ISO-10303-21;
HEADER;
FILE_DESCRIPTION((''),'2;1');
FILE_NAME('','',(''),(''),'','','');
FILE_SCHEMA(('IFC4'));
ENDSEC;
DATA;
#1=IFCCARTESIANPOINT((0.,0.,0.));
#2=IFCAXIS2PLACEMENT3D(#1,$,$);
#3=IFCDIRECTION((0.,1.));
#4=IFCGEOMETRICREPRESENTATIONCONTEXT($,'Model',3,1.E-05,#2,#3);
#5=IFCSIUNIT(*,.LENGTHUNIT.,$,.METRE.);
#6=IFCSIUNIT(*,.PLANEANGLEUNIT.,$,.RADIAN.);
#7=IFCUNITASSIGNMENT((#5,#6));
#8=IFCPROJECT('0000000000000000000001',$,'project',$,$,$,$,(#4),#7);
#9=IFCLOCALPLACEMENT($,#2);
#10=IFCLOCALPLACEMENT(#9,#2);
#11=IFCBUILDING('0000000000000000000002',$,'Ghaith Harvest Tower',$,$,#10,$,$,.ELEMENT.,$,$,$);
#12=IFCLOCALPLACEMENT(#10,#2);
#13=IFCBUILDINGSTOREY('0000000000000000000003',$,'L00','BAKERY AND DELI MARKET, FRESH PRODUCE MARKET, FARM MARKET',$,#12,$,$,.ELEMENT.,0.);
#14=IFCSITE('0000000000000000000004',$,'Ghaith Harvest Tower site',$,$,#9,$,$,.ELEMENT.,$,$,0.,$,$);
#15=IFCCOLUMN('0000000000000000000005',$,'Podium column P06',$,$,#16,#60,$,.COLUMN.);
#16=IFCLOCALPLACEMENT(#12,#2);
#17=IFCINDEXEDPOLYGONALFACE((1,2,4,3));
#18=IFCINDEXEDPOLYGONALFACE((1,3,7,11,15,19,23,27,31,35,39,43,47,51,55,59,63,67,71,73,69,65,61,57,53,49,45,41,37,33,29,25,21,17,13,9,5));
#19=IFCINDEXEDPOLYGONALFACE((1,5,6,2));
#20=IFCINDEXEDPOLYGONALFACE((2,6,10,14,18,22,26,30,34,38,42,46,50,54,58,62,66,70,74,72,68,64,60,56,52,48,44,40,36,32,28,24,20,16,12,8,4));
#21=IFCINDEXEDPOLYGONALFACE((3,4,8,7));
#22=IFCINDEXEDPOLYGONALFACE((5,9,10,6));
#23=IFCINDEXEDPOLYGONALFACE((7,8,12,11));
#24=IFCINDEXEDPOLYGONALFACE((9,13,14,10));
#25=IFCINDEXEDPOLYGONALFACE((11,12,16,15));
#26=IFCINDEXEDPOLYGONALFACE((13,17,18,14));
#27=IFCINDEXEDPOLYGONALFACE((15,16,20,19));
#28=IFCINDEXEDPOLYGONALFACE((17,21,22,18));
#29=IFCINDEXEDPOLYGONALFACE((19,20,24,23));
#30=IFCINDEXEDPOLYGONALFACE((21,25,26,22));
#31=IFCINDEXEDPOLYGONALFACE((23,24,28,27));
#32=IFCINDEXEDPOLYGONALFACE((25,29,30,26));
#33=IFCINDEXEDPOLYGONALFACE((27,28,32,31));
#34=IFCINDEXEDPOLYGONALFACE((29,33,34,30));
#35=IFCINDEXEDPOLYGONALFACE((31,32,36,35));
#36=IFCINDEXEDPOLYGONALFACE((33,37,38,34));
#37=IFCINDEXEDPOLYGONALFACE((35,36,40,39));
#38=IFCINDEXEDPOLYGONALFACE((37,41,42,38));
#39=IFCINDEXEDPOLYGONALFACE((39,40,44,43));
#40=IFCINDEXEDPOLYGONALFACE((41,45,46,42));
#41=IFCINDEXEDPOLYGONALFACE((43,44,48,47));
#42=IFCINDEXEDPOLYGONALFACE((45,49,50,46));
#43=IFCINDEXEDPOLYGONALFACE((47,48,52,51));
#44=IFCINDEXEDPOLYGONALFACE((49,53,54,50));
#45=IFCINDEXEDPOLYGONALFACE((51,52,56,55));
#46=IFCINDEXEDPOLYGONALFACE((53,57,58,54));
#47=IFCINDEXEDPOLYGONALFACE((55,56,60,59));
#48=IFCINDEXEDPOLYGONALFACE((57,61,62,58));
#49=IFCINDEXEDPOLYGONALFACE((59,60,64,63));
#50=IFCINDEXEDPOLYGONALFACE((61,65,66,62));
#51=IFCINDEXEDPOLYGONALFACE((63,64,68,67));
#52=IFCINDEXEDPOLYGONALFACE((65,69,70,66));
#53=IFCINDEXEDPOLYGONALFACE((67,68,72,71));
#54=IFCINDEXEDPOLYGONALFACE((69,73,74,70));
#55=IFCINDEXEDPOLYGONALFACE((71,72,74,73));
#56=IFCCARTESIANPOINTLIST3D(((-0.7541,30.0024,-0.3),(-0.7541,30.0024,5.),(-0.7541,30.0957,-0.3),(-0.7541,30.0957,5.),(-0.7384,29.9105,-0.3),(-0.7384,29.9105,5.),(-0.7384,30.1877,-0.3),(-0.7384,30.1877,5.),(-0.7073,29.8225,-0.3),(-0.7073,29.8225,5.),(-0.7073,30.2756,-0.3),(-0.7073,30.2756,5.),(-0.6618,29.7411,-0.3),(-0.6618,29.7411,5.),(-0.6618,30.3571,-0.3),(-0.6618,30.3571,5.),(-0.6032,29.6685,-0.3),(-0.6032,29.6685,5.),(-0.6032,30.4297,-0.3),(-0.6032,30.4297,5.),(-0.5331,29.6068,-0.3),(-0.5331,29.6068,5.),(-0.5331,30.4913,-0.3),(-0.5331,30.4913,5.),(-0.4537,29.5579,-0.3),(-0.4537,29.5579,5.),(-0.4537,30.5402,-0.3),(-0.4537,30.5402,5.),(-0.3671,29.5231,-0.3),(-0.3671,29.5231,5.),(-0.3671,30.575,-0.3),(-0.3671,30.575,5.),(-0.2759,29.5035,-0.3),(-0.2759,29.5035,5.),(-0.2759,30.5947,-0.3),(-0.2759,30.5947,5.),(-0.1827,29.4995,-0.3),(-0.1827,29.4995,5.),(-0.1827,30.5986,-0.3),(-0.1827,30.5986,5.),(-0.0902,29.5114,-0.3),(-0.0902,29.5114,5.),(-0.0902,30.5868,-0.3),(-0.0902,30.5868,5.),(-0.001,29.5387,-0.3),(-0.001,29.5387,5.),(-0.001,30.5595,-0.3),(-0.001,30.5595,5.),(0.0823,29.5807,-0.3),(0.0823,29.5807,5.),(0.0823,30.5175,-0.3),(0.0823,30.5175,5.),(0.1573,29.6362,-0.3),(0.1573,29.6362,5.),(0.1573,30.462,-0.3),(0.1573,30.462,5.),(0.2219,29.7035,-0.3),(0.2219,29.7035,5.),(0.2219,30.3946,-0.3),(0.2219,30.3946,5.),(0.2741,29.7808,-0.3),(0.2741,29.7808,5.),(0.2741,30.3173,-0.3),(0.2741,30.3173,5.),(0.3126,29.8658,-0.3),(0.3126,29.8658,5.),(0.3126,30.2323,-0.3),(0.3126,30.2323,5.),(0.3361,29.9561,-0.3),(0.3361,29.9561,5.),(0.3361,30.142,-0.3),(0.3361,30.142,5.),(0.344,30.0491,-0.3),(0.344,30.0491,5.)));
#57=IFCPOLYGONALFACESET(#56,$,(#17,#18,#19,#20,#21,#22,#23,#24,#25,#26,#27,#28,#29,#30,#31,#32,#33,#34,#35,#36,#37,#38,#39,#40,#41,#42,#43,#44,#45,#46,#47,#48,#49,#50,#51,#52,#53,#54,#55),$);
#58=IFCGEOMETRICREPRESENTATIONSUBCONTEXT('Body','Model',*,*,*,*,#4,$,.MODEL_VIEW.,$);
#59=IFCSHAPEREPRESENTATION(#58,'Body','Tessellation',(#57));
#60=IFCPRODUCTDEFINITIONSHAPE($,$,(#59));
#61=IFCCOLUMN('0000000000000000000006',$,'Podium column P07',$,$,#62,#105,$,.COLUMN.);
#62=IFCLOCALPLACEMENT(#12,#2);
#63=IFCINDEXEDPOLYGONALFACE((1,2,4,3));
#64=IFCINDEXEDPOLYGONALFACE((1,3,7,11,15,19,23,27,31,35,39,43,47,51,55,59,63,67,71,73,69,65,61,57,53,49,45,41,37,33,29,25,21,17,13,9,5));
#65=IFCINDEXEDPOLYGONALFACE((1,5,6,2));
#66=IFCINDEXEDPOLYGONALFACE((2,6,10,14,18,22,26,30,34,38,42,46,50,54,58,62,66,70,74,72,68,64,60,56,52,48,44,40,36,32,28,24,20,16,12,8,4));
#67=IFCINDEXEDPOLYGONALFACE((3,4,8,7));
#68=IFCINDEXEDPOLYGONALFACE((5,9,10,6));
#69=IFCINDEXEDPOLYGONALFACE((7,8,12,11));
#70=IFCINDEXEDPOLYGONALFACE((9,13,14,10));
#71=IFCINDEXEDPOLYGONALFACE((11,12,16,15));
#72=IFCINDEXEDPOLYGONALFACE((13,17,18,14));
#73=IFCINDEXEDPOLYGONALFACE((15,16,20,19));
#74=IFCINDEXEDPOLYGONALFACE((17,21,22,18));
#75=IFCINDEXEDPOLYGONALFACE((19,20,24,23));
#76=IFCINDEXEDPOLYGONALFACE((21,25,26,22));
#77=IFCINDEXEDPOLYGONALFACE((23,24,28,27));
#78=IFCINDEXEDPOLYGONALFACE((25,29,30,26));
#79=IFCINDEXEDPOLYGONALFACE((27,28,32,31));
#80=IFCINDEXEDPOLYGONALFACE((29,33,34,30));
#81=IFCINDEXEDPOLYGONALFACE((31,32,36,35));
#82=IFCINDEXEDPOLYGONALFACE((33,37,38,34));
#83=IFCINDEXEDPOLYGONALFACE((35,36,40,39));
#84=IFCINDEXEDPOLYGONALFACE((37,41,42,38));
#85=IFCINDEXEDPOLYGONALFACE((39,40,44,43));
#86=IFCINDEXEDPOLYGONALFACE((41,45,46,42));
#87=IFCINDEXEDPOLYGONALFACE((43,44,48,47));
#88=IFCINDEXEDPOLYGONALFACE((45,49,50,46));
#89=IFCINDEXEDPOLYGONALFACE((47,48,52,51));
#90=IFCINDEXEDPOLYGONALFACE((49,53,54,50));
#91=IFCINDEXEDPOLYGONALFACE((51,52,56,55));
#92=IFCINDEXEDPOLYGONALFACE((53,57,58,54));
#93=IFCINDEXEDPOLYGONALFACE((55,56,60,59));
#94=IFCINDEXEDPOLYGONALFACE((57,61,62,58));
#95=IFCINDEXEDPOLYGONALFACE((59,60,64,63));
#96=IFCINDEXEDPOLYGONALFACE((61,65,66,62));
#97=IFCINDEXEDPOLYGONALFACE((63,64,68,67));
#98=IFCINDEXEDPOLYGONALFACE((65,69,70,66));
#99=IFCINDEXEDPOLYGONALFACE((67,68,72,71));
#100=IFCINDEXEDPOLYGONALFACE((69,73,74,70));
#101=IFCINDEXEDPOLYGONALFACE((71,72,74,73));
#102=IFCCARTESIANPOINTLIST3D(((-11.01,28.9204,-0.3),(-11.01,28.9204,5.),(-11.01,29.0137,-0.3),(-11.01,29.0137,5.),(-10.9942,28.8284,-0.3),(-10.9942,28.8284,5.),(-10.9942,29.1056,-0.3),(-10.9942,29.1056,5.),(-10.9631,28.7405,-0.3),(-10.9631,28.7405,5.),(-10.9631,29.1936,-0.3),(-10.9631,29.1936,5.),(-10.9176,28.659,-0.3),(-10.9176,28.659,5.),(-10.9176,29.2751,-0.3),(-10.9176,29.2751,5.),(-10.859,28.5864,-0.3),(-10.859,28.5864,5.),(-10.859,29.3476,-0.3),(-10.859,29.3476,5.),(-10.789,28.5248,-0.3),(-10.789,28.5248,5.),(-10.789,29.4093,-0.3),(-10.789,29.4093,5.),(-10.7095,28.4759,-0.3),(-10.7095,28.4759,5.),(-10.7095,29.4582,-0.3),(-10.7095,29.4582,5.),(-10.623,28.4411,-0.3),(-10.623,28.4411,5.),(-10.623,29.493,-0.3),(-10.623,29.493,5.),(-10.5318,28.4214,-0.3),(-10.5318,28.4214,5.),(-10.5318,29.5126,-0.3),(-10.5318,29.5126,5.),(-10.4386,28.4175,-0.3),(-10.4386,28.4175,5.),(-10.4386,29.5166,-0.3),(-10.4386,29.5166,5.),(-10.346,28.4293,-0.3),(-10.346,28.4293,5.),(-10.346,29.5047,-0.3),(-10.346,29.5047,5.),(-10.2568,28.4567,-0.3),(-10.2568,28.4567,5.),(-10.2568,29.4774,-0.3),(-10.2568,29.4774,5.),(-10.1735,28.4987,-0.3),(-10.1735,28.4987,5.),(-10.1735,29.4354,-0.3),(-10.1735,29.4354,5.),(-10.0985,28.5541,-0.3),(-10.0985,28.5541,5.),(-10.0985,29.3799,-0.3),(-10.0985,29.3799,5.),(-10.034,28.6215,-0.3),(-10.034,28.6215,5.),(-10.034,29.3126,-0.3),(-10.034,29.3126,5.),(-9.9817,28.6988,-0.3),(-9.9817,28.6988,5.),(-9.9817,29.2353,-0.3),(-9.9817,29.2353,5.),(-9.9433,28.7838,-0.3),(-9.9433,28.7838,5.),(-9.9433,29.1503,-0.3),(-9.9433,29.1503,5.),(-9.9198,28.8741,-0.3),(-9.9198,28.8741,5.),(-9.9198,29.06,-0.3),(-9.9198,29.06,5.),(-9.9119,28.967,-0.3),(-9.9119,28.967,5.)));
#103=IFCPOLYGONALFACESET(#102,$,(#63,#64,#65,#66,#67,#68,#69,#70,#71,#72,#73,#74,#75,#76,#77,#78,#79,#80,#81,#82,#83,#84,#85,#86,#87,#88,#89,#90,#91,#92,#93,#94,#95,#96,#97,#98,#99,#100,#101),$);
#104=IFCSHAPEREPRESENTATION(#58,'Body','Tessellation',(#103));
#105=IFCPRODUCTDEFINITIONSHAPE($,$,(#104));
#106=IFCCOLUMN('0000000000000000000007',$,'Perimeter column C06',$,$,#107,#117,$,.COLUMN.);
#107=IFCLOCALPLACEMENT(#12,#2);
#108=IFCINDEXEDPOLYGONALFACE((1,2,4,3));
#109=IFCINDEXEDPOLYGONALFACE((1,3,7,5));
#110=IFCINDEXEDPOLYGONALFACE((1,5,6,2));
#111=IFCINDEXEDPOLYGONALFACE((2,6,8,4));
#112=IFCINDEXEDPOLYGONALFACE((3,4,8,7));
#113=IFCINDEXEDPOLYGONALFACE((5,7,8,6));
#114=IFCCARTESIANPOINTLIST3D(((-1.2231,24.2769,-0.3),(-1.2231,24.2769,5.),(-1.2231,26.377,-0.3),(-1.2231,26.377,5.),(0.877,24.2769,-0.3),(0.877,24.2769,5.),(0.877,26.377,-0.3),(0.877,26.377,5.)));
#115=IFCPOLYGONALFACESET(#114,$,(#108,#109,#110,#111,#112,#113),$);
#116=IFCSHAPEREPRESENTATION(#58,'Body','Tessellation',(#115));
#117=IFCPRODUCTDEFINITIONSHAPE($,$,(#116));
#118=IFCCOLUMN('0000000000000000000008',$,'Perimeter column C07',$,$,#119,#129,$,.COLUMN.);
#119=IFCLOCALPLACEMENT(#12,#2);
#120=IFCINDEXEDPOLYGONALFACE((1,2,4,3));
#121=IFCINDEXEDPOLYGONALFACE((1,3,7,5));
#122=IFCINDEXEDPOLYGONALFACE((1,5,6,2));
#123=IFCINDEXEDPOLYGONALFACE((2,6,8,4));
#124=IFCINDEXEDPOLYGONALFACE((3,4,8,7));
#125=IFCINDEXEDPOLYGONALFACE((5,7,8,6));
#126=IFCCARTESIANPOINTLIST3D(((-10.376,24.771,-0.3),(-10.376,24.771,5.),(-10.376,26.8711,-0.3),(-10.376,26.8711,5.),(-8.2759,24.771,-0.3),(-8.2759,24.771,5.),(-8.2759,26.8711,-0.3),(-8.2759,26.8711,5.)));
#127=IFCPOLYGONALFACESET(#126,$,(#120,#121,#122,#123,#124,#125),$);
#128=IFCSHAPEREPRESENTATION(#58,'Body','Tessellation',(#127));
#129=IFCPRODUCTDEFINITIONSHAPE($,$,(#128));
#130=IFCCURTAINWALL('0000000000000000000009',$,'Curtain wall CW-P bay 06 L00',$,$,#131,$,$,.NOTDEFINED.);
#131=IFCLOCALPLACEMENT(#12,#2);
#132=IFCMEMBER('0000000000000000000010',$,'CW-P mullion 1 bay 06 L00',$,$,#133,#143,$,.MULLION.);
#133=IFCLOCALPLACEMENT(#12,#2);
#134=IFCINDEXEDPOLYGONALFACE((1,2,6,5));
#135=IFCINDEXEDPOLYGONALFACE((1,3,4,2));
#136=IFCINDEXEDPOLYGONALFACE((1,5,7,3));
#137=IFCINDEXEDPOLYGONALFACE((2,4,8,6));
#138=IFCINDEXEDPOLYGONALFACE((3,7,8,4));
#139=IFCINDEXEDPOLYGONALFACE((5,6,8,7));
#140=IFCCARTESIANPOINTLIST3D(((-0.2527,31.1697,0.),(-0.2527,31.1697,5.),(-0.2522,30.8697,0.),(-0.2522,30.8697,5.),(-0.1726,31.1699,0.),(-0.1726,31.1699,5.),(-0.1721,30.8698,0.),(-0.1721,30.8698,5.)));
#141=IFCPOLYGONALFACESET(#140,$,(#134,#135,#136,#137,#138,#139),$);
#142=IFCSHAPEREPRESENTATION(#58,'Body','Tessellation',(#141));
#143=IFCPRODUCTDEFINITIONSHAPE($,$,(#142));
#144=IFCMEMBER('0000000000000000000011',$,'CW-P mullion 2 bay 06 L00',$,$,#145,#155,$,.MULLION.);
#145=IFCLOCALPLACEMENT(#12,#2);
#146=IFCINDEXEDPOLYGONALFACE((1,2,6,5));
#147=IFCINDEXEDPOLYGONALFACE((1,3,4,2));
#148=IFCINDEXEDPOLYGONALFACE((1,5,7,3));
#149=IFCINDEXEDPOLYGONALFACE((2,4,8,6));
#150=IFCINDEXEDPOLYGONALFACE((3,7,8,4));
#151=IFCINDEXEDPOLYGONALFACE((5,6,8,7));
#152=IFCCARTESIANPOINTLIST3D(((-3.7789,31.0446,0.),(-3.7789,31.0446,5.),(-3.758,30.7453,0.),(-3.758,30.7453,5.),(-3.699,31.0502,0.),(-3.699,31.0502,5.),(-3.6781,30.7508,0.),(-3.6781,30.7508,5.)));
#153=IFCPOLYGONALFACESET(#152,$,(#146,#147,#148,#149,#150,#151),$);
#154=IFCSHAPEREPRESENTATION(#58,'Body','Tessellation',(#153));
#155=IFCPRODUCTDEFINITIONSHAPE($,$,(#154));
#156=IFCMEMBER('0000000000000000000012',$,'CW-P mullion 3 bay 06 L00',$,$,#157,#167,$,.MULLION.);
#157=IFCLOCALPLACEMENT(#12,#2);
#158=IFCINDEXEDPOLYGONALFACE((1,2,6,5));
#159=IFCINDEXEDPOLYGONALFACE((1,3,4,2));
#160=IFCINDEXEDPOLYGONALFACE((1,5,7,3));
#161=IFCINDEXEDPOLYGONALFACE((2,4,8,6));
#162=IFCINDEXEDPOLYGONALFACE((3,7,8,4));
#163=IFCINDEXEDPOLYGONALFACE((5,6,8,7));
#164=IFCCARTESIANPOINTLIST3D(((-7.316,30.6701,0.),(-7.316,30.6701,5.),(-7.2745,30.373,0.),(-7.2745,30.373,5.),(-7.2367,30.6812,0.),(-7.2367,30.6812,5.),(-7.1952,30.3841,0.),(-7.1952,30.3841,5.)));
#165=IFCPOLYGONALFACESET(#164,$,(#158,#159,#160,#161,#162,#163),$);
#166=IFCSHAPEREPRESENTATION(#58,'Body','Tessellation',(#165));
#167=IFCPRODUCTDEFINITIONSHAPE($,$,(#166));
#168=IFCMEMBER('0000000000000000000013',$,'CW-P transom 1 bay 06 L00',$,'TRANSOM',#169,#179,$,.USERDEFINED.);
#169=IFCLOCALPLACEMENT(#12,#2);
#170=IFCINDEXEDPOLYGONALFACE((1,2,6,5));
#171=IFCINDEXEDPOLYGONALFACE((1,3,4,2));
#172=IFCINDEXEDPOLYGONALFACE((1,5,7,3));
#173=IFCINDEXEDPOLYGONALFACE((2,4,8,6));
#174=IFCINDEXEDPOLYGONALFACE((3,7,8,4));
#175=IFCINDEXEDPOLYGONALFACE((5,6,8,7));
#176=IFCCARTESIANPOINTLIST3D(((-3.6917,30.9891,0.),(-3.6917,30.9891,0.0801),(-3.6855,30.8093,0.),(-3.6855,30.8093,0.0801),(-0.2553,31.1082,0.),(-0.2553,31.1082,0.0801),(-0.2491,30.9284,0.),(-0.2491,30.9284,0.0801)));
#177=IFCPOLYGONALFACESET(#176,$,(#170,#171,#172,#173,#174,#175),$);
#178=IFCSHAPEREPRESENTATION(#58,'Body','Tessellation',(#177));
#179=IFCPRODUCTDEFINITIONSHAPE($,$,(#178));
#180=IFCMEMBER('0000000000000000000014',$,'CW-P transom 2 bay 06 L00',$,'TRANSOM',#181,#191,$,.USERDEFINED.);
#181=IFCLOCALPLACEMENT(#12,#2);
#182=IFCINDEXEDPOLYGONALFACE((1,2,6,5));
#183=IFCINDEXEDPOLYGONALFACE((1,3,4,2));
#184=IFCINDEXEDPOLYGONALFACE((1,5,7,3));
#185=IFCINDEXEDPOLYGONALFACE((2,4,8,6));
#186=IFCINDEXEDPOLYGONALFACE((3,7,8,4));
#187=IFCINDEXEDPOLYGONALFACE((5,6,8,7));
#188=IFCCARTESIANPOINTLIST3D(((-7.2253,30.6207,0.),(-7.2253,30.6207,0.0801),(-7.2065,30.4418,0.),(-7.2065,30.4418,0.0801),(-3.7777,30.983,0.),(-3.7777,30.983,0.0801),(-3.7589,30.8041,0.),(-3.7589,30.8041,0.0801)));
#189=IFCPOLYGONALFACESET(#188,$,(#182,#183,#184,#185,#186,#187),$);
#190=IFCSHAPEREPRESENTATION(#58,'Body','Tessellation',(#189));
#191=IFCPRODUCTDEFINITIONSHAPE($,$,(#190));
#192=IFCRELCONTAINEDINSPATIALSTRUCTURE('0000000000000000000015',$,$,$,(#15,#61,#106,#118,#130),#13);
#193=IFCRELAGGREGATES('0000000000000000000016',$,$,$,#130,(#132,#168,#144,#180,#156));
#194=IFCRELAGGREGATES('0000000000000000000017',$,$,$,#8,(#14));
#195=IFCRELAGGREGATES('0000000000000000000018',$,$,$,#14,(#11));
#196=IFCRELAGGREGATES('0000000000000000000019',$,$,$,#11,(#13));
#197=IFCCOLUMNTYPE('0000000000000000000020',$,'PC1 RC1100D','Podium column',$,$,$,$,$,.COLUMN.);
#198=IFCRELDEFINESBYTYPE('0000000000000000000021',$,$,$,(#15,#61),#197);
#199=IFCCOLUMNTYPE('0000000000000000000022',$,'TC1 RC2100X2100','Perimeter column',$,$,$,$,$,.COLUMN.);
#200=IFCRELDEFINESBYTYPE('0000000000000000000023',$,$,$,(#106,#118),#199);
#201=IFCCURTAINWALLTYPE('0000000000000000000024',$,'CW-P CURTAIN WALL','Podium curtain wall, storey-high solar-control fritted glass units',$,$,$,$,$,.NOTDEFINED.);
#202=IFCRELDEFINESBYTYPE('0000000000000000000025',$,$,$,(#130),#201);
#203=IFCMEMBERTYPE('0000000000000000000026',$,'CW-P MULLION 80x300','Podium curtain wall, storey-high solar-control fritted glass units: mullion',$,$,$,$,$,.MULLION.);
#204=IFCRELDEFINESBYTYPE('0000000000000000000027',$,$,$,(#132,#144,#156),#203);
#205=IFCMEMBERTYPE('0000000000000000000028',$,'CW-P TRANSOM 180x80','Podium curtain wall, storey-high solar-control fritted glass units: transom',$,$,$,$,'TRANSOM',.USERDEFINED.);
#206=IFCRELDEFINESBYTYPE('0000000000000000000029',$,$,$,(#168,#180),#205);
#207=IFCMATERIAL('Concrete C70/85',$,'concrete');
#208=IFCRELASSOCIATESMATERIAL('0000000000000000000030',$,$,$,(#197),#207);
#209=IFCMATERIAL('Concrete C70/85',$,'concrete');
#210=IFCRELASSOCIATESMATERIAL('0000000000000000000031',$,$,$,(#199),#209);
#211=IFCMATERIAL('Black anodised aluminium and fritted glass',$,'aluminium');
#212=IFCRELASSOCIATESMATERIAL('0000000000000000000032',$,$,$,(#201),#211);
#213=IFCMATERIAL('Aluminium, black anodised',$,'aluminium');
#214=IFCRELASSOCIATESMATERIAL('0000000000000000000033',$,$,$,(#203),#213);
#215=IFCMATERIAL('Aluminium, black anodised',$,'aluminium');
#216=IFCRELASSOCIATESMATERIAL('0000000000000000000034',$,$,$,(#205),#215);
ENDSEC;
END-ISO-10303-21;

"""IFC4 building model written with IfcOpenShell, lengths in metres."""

from ifc_helpers import new_model, si_unit, direction, frame, origin, origin_2d, place, context, subcontext, project, spatial, rectangle, circle, extrude, material, material_profile, profile_set, type_object, element, aggregate, save


model = new_model("IFC4")

# Units and contexts
model_context = context("Model", 3, precision=1e-05, world=origin(), true_north=direction((0.0, 1.0)))
body_context = subcontext(model_context, "Body", "Model", "MODEL_VIEW")
ifc_project = project(units=[si_unit("LENGTHUNIT", "METRE"), si_unit("PLANEANGLEUNIT", "RADIAN")], contexts=[model_context])

# Site, building, storey
site_placement = place(None, origin())
site = spatial("IfcSite", under=ifc_project, at=site_placement, Name="Ghaith Harvest Tower site", CompositionType="ELEMENT", RefElevation=0.0)
building_placement = place(site_placement, origin())
building = spatial("IfcBuilding", under=site, at=building_placement, Name="Ghaith Harvest Tower", CompositionType="ELEMENT")
storey_placement = place(building_placement, origin())
storey = spatial("IfcBuildingStorey", under=building, at=storey_placement, Name="L00", Description="BAKERY AND DELI MARKET, FRESH PRODUCE MARKET, FARM MARKET", CompositionType="ELEMENT", Elevation=0.0)

# Columns
ifc_material_1 = material(Name="Concrete C70/85", Category="concrete")
ifc_material_profile_1 = material_profile(ifc_material_1, circle(Radius=0.55, at=origin_2d()), Name="RC1100D")
ifc_profile_set_1 = profile_set([ifc_material_profile_1], Name="Concrete C70/85")
column_type_1 = type_object("IfcColumnType", Name="PC1 RC1100D", Description="Podium column", PredefinedType="COLUMN", material=ifc_profile_set_1)
for number, where, z_axis, x_axis, name in (
    (1, (-0.2061, 30.0491, -0.3), (0.0, 0.0, 1.0), (1.0, 0.0, 0.0), "Podium column P06"),
    (2, (-10.4619, 28.967, -0.3), (0.0, 0.0, 1.0), (1.0, 0.0, 0.0), "Podium column P07"),
):
    element("IfcColumn", number, at=place(storey_placement, frame(where, z_axis=z_axis, x_axis=x_axis)), inside=storey, type_object=column_type_1, Name=name, PredefinedType="COLUMN", context=body_context, shape_type="SweptSolid", body=[
        extrude(circle(Radius=0.55, at=origin_2d()), origin(), (0.0, 0.0, 1.0), 5.3),
    ])
ifc_material_2 = material(Name="Concrete C70/85", Category="concrete")
ifc_material_profile_2 = material_profile(ifc_material_2, rectangle(XDim=2.1001, YDim=2.1001, at=origin_2d()), Name="RC2100X2100")
ifc_profile_set_2 = profile_set([ifc_material_profile_2], Name="Concrete C70/85")
column_type_2 = type_object("IfcColumnType", Name="TC1 RC2100X2100", Description="Perimeter column", PredefinedType="COLUMN", material=ifc_profile_set_2)
for number, where, z_axis, x_axis, name in (
    (3, (-0.1731, 25.3269, -0.3), (0.0, 0.0, 1.0), (1.0, 0.0, 0.0), "Perimeter column C06"),
    (4, (-9.3259, 25.821, -0.3), (0.0, 0.0, 1.0), (1.0, 0.0, 0.0), "Perimeter column C07"),
):
    element("IfcColumn", number, at=place(storey_placement, frame(where, z_axis=z_axis, x_axis=x_axis)), inside=storey, type_object=column_type_2, Name=name, PredefinedType="COLUMN", context=body_context, shape_type="SweptSolid", body=[
        extrude(rectangle(XDim=2.1001, YDim=2.1001, at=origin_2d()), origin(), (0.0, 0.0, 1.0), 5.3),
    ])

# Curtain wall, members
ifc_material_3 = material(Name="Black anodised aluminium and fritted glass", Category="aluminium")
curtain_wall_type = type_object("IfcCurtainWallType", Name="CW-P CURTAIN WALL", Description="Podium curtain wall, storey-high solar-control fritted glass units", PredefinedType="NOTDEFINED", material=ifc_material_3)
curtain_wall_placement = place(storey_placement, origin())
curtain_wall = element("IfcCurtainWall", 5, at=curtain_wall_placement, inside=storey, type_object=curtain_wall_type, Name="Curtain wall CW-P bay 06 L00", PredefinedType="NOTDEFINED")
ifc_material_4 = material(Name="Aluminium, black anodised", Category="aluminium")
ifc_material_profile_3 = material_profile(ifc_material_4, rectangle(XDim=0.0801, YDim=0.3, at=origin_2d()), Name="CW-P MULLION 80x300")
ifc_profile_set_3 = profile_set([ifc_material_profile_3], Name="Aluminium, black anodised")
member_type_1 = type_object("IfcMemberType", Name="CW-P MULLION 80x300", Description="Podium curtain wall, storey-high solar-control fritted glass units: mullion", PredefinedType="MULLION", material=ifc_profile_set_3)
member_1_placement = place(storey_placement, frame((-0.2124, 31.0198, 0.0), z_axis=(0.0, 0.0, 1.0), x_axis=(-0.999999, -0.001546, 0.0)))
member_1 = element("IfcMember", 6, at=member_1_placement, type_object=member_type_1, Name="CW-P mullion 1 bay 06 L00", PredefinedType="MULLION", context=body_context, shape_type="SweptSolid", body=[
    extrude(rectangle(XDim=0.0801, YDim=0.3, at=origin_2d()), origin(), (0.0, 0.0, 1.0), 5.0),
])
member_2_placement = place(storey_placement, frame((-3.7285, 30.8977, 0.0), z_axis=(0.0, 0.0, 1.0), x_axis=(-0.997564, -0.069758, 0.0)))
member_2 = element("IfcMember", 7, at=member_2_placement, type_object=member_type_1, Name="CW-P mullion 2 bay 06 L00", PredefinedType="MULLION", context=body_context, shape_type="SweptSolid", body=[
    extrude(rectangle(XDim=0.0801, YDim=0.3, at=origin_2d()), origin(), (0.0, 0.0, 1.0), 5.0),
])
member_3_placement = place(storey_placement, frame((-7.2556, 30.5271, 0.0), z_axis=(0.0, 0.0, 1.0), x_axis=(-0.990386, -0.138335, 0.0)))
member_3 = element("IfcMember", 8, at=member_3_placement, type_object=member_type_1, Name="CW-P mullion 3 bay 06 L00", PredefinedType="MULLION", context=body_context, shape_type="SweptSolid", body=[
    extrude(rectangle(XDim=0.0801, YDim=0.3, at=origin_2d()), origin(), (0.0, 0.0, 1.0), 5.0),
])
ifc_material_5 = material(Name="Aluminium, black anodised", Category="aluminium")
ifc_material_profile_4 = material_profile(ifc_material_5, rectangle(XDim=0.1799, YDim=0.0801, at=origin_2d()), Name="CW-P TRANSOM 180x80")
ifc_profile_set_4 = profile_set([ifc_material_profile_4], Name="Aluminium, black anodised")
member_type_2 = type_object("IfcMemberType", Name="CW-P TRANSOM 180x80", Description="Podium curtain wall, storey-high solar-control fritted glass units: transom", ElementType="TRANSOM", PredefinedType="USERDEFINED", material=ifc_profile_set_4)
member_4_placement = place(storey_placement, frame((-0.2522, 31.0183, 0.04), z_axis=(-0.9994, -0.034648, 0.0), x_axis=(0.034648, -0.9994, 0.0)))
member_4 = element("IfcMember", 9, at=member_4_placement, type_object=member_type_2, Name="CW-P transom 1 bay 06 L00", ObjectType="TRANSOM", PredefinedType="USERDEFINED", context=body_context, shape_type="SweptSolid", body=[
    extrude(rectangle(XDim=0.1799, YDim=0.0801, at=origin_2d()), origin(), (0.0, 0.0, 1.0), 3.4385),
])
member_5_placement = place(storey_placement, frame((-3.7683, 30.8936, 0.04), z_axis=(-0.994523, -0.104516, 0.0), x_axis=(0.104516, -0.994523, 0.0)))
member_5 = element("IfcMember", 10, at=member_5_placement, type_object=member_type_2, Name="CW-P transom 2 bay 06 L00", ObjectType="TRANSOM", PredefinedType="USERDEFINED", context=body_context, shape_type="SweptSolid", body=[
    extrude(rectangle(XDim=0.1799, YDim=0.0801, at=origin_2d()), origin(), (0.0, 0.0, 1.0), 3.4666),
])
aggregate(curtain_wall, [member_1, member_4, member_2, member_5, member_3])

save(model, "model.ifc")
